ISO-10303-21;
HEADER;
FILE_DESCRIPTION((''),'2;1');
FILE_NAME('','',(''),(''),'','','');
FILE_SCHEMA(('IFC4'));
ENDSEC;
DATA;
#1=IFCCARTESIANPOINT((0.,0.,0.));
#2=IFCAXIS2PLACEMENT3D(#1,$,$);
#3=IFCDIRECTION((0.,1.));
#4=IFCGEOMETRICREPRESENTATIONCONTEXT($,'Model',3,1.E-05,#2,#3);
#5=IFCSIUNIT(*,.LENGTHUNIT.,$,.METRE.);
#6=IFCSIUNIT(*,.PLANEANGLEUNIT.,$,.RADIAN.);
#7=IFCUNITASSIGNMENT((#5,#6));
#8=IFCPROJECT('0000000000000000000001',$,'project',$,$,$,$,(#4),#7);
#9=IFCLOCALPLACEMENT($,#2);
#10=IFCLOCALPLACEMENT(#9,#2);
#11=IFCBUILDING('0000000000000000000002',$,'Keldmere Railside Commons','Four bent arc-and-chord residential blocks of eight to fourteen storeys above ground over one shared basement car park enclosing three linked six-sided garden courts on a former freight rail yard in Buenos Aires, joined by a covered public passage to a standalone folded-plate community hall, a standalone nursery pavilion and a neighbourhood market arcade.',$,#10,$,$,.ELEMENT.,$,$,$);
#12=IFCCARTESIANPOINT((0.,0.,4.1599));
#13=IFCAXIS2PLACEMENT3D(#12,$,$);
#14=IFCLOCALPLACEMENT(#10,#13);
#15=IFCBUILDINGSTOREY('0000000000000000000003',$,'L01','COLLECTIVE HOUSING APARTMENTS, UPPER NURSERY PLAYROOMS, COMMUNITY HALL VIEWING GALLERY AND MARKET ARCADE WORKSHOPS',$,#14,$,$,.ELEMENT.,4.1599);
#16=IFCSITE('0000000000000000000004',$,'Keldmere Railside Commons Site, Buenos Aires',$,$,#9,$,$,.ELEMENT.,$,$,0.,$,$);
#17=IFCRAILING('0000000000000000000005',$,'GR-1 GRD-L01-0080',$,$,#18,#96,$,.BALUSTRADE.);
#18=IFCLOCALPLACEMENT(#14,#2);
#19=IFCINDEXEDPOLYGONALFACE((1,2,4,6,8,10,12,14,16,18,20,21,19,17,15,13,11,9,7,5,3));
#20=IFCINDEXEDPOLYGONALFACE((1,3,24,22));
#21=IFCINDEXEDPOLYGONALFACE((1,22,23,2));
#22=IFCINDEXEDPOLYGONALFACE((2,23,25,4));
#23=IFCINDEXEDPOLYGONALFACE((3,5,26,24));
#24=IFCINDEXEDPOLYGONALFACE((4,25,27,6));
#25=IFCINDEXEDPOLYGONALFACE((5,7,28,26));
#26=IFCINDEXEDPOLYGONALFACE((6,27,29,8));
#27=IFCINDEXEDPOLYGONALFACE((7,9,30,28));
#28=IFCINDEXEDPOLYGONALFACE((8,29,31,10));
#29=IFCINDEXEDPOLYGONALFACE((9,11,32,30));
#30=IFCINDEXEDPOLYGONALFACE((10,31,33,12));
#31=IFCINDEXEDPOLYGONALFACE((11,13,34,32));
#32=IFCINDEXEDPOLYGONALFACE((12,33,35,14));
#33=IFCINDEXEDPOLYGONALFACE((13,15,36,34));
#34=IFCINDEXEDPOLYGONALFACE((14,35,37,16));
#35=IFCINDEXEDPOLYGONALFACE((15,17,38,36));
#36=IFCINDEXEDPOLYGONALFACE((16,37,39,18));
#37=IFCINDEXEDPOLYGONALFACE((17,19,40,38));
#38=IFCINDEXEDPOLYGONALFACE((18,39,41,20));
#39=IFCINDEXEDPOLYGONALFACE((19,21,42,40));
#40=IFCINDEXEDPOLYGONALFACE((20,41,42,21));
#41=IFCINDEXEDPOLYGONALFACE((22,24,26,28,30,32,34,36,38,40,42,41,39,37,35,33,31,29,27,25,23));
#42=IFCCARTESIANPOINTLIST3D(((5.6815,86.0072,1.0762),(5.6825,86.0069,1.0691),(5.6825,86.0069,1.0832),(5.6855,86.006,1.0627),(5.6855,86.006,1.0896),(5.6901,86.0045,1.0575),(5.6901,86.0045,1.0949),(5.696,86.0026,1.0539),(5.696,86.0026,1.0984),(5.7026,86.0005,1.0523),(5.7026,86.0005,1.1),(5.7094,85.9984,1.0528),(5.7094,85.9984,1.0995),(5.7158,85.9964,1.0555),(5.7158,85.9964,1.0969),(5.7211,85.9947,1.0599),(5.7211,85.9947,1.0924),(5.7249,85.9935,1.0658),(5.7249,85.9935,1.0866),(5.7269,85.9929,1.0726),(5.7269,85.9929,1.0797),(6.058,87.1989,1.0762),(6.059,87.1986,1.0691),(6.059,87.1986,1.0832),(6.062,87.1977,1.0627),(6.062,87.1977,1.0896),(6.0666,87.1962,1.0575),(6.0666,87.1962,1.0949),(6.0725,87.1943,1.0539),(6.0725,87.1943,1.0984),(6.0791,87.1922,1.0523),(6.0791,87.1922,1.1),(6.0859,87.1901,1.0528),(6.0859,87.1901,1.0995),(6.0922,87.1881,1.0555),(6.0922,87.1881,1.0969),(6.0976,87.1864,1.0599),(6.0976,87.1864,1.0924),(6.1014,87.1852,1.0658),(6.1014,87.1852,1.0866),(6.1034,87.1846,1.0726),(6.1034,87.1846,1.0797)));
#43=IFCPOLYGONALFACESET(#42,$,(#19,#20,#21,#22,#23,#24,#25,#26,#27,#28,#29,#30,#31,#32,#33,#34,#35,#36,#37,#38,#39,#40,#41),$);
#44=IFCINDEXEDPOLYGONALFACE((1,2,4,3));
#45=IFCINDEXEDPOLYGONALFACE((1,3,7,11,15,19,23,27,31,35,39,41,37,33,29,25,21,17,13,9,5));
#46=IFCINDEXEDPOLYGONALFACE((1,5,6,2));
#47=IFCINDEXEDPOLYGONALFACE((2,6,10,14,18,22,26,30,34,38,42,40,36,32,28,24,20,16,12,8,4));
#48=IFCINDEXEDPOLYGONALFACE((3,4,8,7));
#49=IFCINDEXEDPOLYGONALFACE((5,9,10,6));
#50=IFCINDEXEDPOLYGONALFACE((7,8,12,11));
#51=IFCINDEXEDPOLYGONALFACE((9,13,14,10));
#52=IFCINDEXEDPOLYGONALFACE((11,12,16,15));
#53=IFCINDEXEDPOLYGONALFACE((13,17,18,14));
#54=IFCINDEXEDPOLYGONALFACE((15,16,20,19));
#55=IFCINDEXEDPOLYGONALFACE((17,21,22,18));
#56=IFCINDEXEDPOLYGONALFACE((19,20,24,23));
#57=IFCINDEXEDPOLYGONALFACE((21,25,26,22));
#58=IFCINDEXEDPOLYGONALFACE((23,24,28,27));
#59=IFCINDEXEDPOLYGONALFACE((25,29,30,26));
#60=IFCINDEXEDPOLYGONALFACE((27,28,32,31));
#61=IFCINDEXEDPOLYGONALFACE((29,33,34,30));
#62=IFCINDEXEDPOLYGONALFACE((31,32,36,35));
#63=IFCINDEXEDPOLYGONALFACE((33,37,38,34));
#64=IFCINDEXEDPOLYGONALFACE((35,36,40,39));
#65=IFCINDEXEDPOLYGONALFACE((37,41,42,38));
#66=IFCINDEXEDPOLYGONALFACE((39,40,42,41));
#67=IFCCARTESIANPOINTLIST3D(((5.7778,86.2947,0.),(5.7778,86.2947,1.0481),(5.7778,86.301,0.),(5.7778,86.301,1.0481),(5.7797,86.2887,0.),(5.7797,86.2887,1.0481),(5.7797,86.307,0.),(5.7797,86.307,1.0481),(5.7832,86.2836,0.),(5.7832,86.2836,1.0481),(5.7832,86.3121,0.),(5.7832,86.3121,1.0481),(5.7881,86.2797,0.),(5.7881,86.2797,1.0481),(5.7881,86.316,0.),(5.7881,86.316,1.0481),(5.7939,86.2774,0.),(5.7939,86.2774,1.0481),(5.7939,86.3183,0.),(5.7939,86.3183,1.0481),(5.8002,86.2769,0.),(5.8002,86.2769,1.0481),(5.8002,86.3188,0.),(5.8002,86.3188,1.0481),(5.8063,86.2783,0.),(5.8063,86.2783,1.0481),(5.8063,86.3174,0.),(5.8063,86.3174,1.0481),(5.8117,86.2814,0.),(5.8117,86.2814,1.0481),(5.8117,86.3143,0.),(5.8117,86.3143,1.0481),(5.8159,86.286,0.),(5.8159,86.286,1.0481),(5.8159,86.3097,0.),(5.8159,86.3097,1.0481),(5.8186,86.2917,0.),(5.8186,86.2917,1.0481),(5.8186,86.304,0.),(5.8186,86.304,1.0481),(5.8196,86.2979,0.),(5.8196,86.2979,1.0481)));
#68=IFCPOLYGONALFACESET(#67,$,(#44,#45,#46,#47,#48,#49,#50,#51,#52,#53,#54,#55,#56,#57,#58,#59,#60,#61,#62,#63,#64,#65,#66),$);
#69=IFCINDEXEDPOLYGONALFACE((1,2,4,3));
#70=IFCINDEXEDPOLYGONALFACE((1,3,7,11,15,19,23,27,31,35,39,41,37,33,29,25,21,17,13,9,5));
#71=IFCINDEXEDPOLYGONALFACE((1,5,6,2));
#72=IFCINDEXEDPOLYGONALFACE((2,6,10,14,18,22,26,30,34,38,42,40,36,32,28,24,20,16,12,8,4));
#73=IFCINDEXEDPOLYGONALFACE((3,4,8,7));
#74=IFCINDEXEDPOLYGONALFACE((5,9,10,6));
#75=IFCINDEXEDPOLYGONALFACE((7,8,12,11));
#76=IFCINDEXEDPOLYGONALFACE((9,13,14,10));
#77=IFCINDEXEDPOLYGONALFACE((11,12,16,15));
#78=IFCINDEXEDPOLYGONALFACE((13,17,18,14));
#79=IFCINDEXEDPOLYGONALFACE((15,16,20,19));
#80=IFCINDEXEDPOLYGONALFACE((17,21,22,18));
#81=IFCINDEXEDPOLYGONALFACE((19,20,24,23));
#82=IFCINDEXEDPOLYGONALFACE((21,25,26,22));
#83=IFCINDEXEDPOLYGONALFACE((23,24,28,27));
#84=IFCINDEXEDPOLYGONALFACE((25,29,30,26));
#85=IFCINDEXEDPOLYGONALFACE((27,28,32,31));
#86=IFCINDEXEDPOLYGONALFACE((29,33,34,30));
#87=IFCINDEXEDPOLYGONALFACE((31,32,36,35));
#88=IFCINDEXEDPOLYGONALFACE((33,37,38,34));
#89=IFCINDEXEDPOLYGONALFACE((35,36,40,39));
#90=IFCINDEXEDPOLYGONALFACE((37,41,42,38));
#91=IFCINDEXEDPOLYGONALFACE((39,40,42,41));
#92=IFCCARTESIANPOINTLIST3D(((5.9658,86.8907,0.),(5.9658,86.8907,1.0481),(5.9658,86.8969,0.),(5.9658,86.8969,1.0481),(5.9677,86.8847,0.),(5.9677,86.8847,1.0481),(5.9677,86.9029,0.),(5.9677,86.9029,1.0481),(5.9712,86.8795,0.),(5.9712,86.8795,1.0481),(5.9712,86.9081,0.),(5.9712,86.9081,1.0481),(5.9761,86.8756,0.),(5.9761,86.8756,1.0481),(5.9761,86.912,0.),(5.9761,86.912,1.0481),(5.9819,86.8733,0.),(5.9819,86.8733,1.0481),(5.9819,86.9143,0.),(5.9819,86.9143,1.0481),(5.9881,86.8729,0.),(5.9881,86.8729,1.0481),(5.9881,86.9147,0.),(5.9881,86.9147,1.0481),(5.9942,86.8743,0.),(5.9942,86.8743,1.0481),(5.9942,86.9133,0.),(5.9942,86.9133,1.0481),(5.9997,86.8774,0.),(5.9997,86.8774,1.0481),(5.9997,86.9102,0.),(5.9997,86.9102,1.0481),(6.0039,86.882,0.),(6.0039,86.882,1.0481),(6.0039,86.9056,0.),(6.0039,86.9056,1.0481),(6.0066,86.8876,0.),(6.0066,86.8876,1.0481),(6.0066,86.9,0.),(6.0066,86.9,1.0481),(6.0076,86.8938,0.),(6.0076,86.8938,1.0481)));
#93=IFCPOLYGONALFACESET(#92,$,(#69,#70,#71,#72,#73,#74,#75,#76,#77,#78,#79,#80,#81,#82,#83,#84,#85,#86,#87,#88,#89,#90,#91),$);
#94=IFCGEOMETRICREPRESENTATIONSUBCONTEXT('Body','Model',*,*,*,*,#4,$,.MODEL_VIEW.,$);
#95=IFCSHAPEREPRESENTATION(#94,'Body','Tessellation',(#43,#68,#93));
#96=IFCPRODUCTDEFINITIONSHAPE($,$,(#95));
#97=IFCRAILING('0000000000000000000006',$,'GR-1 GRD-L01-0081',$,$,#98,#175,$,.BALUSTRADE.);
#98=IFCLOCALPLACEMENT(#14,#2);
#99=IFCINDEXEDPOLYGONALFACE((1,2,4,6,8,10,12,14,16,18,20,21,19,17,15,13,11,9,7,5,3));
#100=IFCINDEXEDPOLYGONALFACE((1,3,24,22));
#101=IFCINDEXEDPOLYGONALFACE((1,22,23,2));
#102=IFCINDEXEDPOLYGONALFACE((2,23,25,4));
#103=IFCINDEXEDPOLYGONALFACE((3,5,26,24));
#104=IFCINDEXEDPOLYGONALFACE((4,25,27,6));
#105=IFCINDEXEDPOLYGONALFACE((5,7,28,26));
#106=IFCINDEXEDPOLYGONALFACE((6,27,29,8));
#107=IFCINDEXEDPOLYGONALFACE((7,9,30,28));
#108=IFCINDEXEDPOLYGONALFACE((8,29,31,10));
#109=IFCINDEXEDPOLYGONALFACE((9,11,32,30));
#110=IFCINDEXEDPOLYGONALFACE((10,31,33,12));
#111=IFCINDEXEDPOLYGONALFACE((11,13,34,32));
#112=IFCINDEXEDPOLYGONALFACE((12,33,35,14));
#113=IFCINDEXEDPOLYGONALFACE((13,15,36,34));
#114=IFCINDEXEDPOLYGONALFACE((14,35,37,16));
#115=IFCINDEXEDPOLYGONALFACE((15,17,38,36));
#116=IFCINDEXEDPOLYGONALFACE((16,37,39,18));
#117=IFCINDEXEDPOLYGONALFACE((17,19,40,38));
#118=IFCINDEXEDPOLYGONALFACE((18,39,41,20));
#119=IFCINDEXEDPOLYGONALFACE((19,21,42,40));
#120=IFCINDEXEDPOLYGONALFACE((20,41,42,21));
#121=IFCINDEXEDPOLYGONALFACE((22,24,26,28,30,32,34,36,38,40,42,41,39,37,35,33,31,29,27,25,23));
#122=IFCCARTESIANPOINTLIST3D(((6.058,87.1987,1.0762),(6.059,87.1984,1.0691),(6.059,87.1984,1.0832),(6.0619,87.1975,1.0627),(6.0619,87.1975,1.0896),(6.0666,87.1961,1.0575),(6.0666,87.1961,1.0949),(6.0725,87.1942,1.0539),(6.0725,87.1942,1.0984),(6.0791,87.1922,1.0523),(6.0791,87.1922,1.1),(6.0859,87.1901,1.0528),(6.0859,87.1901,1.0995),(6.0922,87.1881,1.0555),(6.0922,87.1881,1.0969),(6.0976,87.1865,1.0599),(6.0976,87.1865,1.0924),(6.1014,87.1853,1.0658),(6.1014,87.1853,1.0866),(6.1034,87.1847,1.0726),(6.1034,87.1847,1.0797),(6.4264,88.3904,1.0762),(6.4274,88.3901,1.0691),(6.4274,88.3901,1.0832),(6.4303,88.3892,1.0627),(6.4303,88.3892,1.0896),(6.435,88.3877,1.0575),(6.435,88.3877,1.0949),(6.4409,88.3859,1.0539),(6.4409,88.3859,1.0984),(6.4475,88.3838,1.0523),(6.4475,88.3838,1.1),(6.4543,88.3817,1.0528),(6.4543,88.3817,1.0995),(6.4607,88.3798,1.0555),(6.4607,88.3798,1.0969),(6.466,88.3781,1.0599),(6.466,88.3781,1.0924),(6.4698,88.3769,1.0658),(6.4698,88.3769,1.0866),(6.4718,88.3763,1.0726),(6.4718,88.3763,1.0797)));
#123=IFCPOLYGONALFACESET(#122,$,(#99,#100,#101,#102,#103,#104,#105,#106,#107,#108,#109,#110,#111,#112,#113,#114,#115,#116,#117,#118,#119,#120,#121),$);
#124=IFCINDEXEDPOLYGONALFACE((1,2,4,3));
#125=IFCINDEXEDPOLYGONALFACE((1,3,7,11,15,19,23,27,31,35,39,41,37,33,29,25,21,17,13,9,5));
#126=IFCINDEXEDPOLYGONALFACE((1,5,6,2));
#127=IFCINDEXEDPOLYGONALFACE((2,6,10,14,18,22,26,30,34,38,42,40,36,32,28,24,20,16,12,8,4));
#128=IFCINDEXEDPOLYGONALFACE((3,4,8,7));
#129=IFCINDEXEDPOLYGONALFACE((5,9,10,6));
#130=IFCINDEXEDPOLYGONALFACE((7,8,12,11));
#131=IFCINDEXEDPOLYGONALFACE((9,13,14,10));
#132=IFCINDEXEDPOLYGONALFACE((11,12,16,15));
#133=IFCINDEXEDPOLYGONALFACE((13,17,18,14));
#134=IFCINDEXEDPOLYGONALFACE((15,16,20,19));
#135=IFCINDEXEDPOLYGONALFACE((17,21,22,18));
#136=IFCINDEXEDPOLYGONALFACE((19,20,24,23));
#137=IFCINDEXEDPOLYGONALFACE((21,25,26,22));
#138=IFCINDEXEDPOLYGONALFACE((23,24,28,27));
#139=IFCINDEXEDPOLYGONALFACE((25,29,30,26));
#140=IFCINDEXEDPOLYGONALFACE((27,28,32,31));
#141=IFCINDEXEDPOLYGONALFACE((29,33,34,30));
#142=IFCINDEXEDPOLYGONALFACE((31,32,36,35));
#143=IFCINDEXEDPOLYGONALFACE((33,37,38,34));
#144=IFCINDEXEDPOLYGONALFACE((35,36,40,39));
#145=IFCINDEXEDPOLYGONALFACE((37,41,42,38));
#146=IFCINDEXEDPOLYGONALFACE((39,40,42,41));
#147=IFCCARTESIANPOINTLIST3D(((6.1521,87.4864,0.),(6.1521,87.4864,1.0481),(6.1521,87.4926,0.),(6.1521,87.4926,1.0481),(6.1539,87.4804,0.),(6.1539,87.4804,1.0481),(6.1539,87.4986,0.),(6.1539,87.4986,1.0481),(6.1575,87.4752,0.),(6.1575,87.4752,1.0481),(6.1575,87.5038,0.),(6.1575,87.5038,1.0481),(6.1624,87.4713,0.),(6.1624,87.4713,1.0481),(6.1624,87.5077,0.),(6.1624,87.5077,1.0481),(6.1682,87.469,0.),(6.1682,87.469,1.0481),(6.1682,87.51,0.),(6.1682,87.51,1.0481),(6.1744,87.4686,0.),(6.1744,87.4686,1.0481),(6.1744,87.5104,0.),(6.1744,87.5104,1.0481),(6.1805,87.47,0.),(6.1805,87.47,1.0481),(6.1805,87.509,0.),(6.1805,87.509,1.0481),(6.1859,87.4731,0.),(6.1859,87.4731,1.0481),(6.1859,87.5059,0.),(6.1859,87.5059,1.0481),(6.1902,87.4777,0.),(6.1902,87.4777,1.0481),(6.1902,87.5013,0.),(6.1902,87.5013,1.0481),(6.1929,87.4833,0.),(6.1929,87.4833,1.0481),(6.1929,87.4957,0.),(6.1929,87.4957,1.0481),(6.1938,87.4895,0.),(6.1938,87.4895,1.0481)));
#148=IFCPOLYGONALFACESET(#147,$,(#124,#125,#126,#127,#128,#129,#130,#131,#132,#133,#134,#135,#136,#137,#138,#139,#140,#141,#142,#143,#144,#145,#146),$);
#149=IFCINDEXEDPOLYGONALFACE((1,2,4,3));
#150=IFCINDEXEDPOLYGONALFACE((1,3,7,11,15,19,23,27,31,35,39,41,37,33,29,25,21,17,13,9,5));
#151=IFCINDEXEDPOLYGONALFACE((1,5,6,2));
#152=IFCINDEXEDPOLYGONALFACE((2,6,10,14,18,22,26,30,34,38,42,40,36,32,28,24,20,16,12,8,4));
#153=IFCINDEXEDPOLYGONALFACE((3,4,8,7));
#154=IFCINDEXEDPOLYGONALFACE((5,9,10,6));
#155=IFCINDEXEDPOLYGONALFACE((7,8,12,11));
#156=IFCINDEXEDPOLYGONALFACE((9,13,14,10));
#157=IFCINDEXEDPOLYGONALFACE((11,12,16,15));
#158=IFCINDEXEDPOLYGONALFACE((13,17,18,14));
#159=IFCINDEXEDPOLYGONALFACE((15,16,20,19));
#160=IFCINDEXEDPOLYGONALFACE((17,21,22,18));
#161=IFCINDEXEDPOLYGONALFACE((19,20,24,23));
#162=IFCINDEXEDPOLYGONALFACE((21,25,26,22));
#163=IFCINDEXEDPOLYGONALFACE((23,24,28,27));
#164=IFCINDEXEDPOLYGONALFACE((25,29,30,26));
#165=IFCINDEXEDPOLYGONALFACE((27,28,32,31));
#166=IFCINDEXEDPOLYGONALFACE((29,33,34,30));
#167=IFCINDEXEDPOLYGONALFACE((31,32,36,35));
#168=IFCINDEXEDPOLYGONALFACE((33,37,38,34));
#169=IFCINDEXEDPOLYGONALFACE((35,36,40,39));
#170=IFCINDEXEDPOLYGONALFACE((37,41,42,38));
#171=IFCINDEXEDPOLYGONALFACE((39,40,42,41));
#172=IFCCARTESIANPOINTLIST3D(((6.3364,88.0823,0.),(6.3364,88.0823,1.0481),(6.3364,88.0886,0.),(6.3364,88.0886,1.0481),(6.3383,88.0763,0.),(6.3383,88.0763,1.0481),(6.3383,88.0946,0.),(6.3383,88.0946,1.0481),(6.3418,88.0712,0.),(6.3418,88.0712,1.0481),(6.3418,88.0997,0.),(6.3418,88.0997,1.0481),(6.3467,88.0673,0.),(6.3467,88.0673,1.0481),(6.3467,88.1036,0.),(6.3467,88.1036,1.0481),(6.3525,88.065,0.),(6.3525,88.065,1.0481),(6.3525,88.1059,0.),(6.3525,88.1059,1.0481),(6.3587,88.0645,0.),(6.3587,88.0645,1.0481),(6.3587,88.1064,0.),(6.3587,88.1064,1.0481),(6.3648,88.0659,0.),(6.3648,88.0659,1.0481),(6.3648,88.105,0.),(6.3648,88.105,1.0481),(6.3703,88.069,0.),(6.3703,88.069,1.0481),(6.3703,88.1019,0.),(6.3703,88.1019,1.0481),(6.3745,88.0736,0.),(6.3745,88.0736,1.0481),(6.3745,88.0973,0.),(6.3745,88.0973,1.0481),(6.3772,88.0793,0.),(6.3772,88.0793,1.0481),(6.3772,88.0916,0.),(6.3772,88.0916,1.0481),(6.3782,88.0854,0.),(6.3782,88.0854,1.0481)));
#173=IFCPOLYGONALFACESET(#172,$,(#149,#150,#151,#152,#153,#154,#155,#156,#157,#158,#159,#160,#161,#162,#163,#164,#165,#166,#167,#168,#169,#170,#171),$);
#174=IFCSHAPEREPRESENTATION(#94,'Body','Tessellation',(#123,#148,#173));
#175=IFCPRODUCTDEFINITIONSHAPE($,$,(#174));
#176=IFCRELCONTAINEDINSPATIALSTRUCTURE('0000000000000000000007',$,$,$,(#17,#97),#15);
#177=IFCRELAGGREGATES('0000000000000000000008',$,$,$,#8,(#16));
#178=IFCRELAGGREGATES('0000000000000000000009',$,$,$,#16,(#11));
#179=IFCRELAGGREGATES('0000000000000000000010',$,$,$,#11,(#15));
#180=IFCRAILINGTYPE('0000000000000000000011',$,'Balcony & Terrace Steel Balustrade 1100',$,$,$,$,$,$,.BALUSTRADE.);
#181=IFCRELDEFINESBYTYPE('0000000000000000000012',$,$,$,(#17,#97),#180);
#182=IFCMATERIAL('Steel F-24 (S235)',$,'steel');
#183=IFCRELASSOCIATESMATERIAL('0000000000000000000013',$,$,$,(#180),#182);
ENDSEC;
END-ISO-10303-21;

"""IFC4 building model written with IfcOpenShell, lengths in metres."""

from ifc_helpers import new_model, si_unit, direction, frame, origin, origin_2d, place, context, subcontext, project, spatial, circle, extrude, material, type_object, element, save


model = new_model("IFC4")

# Units and contexts
model_context = context("Model", 3, precision=1e-05, world=origin(), true_north=direction((0.0, 1.0)))
body_context = subcontext(model_context, "Body", "Model", "MODEL_VIEW")
ifc_project = project(units=[si_unit("LENGTHUNIT", "METRE"), si_unit("PLANEANGLEUNIT", "RADIAN")], contexts=[model_context])

# Site, building, storey
site_placement = place(None, origin())
site = spatial("IfcSite", under=ifc_project, at=site_placement, Name="Keldmere Railside Commons Site, Buenos Aires", CompositionType="ELEMENT", RefElevation=0.0)
building_placement = place(site_placement, origin())
building = spatial("IfcBuilding", under=site, at=building_placement, Name="Keldmere Railside Commons", Description="Four bent arc-and-chord residential blocks of eight to fourteen storeys above ground over one shared basement car park enclosing three linked six-sided garden courts on a former freight rail yard in Buenos Aires, joined by a covered public passage to a standalone folded-plate community hall, a standalone nursery pavilion and a neighbourhood market arcade.", CompositionType="ELEMENT")
storey_placement = place(building_placement, frame((0.0, 0.0, 4.1599)))
storey = spatial("IfcBuildingStorey", under=building, at=storey_placement, Name="L01", Description="COLLECTIVE HOUSING APARTMENTS, UPPER NURSERY PLAYROOMS, COMMUNITY HALL VIEWING GALLERY AND MARKET ARCADE WORKSHOPS", CompositionType="ELEMENT", Elevation=4.1599)

# Shared definitions
ifc_material_1 = material(Name="Steel F-24 (S235)", Category="steel")

# Railings
railing_type = type_object("IfcRailingType", Name="Balcony & Terrace Steel Balustrade 1100", PredefinedType="BALUSTRADE", material=ifc_material_1)
railing_1_placement = place(storey_placement, frame((5.7043, 86.0, 0.0)))
element("IfcRailing", 1, at=railing_1_placement, inside=storey, type_object=railing_type, Name="GR-1 GRD-L01-0080", PredefinedType="BALUSTRADE", context=body_context, shape_type="SweptSolid", body=[
    extrude(circle(Radius=0.0239, at=origin_2d()), frame((0.0, 0.0, 1.0762), z_axis=(0.301244, 0.953547, 0.0), x_axis=(-0.953547, 0.301244, 0.0)), (0.0, 0.0, 1.0), 1.2498),
    extrude(circle(Radius=0.021, at=origin_2d()), frame((0.0942, 0.2979, 0.0)), (0.0, 0.0, 1.0), 1.0481),
    extrude(circle(Radius=0.021, at=origin_2d()), frame((0.2822, 0.8938, 0.0)), (0.0, 0.0, 1.0), 1.0481),
])
railing_2_placement = place(storey_placement, frame((6.0808, 87.1917, 0.0)))
element("IfcRailing", 2, at=railing_2_placement, inside=storey, type_object=railing_type, Name="GR-1 GRD-L01-0081", PredefinedType="BALUSTRADE", context=body_context, shape_type="SweptSolid", body=[
    extrude(circle(Radius=0.0239, at=origin_2d()), frame((0.0, 0.0, 1.0762), z_axis=(0.295365, 0.955385, 0.0), x_axis=(-0.955385, 0.295365, 0.0)), (0.0, 0.0, 1.0), 1.2473),
    extrude(circle(Radius=0.021, at=origin_2d()), frame((0.092, 0.2979, 0.0)), (0.0, 0.0, 1.0), 1.0481),
    extrude(circle(Radius=0.021, at=origin_2d()), frame((0.2764, 0.8938, 0.0)), (0.0, 0.0, 1.0), 1.0481),
])

save(model, "model.ifc")
